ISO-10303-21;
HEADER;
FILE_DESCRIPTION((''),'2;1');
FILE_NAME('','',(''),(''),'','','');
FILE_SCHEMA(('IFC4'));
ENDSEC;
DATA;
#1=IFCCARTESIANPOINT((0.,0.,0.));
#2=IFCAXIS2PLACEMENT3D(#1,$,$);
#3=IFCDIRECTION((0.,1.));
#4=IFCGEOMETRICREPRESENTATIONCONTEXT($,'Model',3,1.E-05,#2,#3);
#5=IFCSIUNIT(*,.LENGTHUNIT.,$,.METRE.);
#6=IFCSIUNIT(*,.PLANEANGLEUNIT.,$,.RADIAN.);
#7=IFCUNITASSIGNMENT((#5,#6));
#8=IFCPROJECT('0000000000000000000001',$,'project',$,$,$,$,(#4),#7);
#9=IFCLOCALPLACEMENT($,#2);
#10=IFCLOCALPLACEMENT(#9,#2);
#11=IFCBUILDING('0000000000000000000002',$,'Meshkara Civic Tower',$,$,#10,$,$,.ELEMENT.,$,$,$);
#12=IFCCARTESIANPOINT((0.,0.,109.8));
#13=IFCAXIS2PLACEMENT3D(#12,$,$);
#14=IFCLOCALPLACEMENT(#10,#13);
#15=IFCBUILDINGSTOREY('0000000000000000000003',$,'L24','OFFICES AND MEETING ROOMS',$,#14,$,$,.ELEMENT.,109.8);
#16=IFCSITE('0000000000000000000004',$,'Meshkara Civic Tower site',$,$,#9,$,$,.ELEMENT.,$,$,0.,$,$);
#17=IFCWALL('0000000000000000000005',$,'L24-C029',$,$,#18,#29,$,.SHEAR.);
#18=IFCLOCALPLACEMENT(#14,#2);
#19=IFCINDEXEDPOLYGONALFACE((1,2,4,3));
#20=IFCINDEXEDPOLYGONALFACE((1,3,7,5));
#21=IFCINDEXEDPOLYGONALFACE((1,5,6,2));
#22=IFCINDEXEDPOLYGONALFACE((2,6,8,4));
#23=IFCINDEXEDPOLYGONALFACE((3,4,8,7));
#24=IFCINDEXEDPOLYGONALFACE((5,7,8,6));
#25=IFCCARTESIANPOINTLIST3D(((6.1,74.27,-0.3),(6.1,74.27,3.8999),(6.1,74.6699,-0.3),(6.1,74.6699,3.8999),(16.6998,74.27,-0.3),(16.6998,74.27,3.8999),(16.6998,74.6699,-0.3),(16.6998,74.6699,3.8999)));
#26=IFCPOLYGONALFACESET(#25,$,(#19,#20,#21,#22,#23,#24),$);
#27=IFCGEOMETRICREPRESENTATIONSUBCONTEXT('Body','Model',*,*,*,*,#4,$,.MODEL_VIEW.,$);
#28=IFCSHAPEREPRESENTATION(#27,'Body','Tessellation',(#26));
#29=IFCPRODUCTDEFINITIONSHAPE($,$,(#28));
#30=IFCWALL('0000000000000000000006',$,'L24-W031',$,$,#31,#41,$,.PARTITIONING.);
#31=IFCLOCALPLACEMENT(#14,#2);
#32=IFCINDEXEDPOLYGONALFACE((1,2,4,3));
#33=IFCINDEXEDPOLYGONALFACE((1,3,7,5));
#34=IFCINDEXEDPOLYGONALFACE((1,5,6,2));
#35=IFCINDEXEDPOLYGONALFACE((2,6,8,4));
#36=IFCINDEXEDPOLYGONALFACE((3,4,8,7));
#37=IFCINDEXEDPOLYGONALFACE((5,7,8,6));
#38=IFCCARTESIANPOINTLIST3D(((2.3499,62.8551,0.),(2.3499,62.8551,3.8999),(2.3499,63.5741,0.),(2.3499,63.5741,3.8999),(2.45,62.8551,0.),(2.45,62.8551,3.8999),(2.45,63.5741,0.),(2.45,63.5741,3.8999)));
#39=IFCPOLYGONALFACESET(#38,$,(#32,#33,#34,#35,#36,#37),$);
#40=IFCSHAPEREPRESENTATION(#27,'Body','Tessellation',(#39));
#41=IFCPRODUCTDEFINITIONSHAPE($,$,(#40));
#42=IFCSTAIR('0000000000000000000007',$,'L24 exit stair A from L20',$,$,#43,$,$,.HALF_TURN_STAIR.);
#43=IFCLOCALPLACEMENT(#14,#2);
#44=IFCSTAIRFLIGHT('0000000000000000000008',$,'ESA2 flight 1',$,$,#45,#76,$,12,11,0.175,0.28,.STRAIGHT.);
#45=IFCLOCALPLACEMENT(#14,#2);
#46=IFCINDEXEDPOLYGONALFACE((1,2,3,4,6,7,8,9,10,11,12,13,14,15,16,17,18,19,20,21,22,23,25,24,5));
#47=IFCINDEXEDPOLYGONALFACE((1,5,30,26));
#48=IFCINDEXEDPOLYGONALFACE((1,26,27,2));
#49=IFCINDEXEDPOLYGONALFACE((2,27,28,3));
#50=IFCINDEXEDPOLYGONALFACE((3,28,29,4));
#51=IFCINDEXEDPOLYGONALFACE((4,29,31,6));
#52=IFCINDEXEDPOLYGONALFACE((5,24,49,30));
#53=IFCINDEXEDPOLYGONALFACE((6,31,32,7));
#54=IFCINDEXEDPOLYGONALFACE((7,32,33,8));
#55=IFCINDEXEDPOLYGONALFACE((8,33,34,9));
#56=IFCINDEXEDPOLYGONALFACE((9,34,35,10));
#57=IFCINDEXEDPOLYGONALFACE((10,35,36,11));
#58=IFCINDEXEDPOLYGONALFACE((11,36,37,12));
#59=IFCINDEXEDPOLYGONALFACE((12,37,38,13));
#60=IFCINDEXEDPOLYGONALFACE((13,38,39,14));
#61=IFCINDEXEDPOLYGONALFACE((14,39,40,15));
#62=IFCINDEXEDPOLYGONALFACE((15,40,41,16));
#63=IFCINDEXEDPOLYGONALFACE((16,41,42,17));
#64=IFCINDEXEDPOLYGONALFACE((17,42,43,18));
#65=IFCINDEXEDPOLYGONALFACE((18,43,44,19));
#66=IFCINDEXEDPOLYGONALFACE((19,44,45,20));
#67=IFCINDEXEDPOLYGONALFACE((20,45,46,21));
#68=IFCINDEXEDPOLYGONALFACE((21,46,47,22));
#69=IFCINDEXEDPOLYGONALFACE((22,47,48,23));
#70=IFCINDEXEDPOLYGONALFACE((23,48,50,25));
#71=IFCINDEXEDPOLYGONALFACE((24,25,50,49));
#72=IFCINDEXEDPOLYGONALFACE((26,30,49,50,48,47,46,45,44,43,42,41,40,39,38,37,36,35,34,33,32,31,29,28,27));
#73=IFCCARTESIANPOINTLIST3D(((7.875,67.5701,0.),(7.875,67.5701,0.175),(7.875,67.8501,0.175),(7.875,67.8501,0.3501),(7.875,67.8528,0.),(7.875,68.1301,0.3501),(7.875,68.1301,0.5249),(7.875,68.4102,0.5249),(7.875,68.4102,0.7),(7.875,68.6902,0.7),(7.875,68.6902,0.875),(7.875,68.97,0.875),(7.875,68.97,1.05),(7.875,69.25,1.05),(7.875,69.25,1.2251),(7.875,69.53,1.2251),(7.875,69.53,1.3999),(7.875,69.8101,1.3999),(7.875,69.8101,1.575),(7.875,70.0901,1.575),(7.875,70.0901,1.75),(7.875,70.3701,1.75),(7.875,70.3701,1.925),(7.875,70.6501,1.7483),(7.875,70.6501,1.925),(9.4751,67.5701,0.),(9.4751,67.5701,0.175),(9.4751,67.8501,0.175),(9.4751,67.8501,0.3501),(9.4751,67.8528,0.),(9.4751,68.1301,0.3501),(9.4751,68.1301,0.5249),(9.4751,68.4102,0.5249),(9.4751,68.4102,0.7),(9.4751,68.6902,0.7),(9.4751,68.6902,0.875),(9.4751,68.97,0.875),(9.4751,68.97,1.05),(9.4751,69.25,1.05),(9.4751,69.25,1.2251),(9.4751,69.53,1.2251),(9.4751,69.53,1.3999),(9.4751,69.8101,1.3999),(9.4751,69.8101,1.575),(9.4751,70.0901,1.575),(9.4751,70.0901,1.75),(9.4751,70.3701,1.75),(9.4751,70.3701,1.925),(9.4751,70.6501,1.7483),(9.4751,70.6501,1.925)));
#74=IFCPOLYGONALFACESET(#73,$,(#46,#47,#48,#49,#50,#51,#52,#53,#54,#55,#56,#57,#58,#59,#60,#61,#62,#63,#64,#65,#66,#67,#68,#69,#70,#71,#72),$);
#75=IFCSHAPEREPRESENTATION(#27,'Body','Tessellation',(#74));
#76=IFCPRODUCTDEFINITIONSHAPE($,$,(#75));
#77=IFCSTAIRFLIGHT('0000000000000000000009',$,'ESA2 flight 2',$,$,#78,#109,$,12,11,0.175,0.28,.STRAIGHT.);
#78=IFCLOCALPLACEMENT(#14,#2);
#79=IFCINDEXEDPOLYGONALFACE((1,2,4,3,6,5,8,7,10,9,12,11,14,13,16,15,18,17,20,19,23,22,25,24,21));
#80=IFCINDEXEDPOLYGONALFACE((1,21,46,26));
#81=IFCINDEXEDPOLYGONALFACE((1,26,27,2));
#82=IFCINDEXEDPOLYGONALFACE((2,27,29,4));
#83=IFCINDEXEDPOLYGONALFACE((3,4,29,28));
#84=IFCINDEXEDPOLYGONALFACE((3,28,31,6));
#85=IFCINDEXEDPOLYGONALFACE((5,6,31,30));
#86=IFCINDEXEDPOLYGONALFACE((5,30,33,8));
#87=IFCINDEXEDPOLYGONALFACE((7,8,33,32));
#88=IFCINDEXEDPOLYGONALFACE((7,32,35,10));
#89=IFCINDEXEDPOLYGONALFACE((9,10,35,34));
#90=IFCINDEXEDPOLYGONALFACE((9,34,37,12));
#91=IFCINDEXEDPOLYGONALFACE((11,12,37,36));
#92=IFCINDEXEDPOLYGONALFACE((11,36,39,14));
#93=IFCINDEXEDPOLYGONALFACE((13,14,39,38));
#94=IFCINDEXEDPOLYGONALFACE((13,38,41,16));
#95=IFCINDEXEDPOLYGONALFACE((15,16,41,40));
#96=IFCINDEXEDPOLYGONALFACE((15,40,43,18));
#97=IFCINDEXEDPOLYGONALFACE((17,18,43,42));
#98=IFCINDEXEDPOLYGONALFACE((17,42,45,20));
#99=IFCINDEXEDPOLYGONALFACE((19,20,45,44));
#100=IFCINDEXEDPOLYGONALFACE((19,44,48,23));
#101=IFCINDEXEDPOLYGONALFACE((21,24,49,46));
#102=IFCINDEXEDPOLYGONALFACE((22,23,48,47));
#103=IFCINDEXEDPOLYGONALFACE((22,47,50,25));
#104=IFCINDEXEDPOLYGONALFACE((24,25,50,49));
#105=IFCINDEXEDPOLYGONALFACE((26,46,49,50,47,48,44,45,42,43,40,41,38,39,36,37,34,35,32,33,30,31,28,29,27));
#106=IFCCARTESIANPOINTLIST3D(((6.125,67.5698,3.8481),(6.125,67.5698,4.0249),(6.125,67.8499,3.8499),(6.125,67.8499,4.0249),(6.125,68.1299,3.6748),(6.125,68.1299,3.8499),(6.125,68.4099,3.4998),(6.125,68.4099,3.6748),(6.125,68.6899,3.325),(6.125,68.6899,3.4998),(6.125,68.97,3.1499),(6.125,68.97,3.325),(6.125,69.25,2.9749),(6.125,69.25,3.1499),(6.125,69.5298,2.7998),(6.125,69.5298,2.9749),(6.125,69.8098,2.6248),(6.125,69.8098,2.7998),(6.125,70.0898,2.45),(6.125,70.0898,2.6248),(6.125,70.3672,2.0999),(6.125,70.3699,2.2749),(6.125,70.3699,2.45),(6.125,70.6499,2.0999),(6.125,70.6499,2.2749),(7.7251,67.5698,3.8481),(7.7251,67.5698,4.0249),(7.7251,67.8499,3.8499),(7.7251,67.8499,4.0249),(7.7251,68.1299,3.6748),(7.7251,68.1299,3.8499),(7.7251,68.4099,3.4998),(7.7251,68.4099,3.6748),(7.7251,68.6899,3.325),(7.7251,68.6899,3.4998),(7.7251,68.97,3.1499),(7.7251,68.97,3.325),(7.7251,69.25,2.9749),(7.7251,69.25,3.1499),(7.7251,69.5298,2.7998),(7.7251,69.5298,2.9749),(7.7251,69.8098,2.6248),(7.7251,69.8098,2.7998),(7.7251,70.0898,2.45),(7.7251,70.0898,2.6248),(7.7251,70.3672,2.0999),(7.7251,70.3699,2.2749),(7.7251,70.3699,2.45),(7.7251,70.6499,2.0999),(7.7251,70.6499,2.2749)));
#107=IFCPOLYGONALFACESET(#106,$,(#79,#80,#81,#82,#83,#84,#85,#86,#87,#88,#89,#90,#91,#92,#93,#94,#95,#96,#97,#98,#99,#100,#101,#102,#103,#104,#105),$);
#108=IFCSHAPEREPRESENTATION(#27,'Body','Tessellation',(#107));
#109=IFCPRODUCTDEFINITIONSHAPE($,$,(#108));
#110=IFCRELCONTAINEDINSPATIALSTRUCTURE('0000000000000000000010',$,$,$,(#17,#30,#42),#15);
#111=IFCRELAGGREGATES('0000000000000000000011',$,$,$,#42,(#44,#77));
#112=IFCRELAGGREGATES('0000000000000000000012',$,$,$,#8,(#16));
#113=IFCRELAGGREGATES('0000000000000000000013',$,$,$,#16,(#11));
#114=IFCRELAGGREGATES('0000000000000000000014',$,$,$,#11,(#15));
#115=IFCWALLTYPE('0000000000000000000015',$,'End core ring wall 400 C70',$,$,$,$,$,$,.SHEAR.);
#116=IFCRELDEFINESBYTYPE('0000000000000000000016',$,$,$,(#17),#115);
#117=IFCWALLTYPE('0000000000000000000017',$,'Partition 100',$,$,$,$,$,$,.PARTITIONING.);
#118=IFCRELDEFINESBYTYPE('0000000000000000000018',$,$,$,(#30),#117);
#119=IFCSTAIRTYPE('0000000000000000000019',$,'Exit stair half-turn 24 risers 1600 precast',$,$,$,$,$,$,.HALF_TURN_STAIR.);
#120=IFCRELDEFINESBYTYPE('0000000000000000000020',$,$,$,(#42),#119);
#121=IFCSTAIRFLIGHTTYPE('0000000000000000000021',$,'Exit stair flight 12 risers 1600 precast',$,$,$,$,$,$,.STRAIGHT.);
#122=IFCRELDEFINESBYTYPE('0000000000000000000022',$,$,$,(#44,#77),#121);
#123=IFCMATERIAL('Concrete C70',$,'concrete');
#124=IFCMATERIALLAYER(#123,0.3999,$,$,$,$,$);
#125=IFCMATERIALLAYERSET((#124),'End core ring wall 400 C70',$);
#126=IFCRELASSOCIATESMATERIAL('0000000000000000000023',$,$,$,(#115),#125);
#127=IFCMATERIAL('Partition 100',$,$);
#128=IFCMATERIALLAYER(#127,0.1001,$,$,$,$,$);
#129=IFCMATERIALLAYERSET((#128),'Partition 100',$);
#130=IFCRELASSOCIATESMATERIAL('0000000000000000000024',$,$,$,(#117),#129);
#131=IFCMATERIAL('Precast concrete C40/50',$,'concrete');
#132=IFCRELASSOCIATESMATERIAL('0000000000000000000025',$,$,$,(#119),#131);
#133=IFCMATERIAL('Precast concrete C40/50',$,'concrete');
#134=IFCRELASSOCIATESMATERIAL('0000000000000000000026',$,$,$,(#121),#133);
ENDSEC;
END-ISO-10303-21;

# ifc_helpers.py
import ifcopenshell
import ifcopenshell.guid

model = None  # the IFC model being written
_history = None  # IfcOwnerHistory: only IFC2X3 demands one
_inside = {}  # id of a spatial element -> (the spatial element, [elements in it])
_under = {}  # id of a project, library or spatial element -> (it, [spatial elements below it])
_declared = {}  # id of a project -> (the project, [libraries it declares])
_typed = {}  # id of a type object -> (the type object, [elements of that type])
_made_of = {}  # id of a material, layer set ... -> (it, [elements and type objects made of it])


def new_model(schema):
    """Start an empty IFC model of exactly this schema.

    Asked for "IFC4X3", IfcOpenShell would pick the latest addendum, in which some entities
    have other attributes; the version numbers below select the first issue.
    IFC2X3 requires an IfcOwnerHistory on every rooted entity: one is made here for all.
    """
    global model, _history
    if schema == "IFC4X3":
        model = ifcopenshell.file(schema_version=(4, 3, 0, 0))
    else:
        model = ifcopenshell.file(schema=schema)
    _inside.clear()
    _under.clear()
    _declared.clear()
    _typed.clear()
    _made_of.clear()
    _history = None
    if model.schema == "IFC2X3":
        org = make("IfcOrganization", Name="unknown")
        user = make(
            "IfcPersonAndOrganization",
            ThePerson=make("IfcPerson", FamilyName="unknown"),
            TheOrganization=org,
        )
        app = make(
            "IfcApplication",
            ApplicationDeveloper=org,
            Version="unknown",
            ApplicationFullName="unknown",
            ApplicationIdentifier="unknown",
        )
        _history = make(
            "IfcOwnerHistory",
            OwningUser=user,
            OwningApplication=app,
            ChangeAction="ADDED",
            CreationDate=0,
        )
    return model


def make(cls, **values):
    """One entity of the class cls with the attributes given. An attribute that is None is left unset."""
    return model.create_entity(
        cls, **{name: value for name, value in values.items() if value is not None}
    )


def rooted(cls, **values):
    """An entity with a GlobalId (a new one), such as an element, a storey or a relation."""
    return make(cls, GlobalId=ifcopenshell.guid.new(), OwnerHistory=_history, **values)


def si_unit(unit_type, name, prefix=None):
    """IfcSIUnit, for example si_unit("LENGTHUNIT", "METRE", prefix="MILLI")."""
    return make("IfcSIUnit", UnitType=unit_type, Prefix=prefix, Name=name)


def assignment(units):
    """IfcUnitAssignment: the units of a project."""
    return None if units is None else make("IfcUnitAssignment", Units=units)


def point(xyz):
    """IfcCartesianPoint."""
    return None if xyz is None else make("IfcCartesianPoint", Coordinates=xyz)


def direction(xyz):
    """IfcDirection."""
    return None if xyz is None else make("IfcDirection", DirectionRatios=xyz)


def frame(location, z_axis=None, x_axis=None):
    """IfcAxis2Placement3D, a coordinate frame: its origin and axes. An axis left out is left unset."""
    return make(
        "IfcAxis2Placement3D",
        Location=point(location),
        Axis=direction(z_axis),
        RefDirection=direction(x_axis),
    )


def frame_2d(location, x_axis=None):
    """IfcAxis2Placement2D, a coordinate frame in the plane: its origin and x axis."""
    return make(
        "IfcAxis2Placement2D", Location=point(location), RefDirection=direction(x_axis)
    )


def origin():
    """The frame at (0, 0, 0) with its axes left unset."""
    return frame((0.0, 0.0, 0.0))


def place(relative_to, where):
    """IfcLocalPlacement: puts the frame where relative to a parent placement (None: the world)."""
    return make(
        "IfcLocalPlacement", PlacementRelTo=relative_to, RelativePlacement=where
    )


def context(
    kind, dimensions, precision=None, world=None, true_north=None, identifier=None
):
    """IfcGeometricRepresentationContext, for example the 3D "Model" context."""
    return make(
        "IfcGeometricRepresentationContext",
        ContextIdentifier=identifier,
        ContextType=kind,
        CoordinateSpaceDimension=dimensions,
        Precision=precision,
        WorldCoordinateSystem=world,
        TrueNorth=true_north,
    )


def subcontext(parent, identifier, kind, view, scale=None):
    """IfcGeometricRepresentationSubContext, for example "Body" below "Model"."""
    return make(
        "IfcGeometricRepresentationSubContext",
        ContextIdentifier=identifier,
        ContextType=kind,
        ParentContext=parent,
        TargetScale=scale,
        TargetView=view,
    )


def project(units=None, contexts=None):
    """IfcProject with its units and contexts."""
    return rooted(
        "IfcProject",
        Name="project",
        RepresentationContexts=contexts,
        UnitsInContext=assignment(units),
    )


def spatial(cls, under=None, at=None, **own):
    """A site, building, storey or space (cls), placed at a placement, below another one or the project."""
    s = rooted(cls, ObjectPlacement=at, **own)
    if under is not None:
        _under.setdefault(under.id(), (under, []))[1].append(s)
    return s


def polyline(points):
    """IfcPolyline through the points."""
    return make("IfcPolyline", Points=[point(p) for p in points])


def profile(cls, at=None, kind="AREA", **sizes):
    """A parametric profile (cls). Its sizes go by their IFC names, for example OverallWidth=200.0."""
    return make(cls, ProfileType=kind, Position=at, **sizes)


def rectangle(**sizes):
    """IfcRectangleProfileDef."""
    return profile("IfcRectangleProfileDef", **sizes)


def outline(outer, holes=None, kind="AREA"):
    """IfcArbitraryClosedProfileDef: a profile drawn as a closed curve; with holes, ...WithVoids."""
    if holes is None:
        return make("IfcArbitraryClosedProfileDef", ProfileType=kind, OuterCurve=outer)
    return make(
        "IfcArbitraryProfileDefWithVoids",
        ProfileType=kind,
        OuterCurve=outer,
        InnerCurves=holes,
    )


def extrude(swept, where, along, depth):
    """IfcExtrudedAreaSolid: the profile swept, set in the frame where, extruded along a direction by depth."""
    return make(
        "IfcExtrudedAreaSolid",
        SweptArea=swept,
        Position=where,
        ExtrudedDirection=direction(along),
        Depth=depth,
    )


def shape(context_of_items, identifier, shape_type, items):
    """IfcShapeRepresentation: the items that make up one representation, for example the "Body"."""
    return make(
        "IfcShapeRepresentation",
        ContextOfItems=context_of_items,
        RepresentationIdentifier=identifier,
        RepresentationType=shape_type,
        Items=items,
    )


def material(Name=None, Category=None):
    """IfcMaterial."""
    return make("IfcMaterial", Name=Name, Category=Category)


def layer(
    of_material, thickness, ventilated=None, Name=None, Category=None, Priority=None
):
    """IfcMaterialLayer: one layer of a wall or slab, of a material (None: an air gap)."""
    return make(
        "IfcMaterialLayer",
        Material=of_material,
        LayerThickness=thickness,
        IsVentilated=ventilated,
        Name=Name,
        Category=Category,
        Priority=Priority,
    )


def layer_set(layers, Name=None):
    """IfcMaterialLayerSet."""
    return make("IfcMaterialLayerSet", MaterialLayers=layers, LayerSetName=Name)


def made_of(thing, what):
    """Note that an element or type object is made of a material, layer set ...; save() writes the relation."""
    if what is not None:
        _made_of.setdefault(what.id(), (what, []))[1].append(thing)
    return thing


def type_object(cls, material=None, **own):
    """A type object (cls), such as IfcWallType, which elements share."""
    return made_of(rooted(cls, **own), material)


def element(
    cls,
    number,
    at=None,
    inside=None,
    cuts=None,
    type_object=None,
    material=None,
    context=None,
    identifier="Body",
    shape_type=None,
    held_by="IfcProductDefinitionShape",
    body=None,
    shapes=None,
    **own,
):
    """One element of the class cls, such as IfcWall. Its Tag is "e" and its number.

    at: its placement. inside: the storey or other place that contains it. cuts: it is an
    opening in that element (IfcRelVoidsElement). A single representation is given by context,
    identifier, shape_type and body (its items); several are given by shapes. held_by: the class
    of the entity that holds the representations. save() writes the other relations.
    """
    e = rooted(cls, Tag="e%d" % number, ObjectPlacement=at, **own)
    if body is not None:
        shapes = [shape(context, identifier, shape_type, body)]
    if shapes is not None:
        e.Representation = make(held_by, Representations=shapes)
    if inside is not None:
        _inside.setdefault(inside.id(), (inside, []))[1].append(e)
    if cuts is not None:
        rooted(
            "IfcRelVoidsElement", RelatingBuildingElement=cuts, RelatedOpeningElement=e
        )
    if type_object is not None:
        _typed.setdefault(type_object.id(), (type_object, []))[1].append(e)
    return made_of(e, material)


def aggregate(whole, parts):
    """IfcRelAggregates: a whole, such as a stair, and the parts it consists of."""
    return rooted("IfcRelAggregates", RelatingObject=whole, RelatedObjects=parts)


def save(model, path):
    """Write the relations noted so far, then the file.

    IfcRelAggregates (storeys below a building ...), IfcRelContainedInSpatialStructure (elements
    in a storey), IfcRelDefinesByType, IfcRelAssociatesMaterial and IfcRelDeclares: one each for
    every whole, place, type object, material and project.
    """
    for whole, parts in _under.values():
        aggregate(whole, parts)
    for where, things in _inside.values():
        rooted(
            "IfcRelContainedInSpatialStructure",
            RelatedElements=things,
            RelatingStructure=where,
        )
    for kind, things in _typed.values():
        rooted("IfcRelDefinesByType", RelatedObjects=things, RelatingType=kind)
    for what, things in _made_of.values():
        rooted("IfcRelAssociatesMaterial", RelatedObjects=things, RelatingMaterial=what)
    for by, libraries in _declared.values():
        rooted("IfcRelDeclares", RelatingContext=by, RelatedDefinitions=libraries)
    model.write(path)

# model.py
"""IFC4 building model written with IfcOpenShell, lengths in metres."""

from ifc_helpers import new_model, si_unit, direction, frame, frame_2d, origin, place, context, subcontext, project, spatial, polyline, rectangle, outline, extrude, material, layer, layer_set, type_object, element, aggregate, save


model = new_model("IFC4")

# Units and contexts
model_context = context("Model", 3, precision=1e-05, world=origin(), true_north=direction((0.0, 1.0)))
body_context = subcontext(model_context, "Body", "Model", "MODEL_VIEW")
ifc_project = project(units=[si_unit("LENGTHUNIT", "METRE"), si_unit("PLANEANGLEUNIT", "RADIAN")], contexts=[model_context])

# Site, building, storey
site_placement = place(None, origin())
site = spatial("IfcSite", under=ifc_project, at=site_placement, Name="Meshkara Civic Tower site", CompositionType="ELEMENT", RefElevation=0.0)
building_placement = place(site_placement, origin())
building = spatial("IfcBuilding", under=site, at=building_placement, Name="Meshkara Civic Tower", CompositionType="ELEMENT")
storey_placement = place(building_placement, frame((0.0, 0.0, 109.8)))
storey = spatial("IfcBuildingStorey", under=building, at=storey_placement, Name="L24", Description="OFFICES AND MEETING ROOMS", CompositionType="ELEMENT", Elevation=109.8)

# Shared definitions
ifc_material_1 = material(Name="Concrete C70", Category="concrete")
ifc_layer_1 = layer(ifc_material_1, 0.3999)
ifc_layer_set_1 = layer_set([ifc_layer_1], Name="End core ring wall 400 C70")
wall_type_1 = type_object("IfcWallType", Name="End core ring wall 400 C70", PredefinedType="SHEAR", material=ifc_layer_set_1)

# Walls
wall_1_placement = place(storey_placement, frame((6.1001, 74.47, -0.3), z_axis=(0.0, 0.0, 1.0), x_axis=(1.0, 0.0, 0.0)))
element("IfcWall", 1, at=wall_1_placement, inside=storey, type_object=wall_type_1, Name="L24-C029", PredefinedType="SHEAR", context=body_context, shape_type="SweptSolid", body=[
    extrude(rectangle(XDim=10.5999, YDim=0.3999, at=frame_2d((5.2998, 0.0))), origin(), (0.0, 0.0, 1.0), 4.2),
])
ifc_material_2 = material(Name="Partition 100")
ifc_layer_2 = layer(ifc_material_2, 0.1001)
ifc_layer_set_2 = layer_set([ifc_layer_2], Name="Partition 100")
wall_type_2 = type_object("IfcWallType", Name="Partition 100", PredefinedType="PARTITIONING", material=ifc_layer_set_2)
wall_2_placement = place(storey_placement, frame((2.3999, 63.574, 0.0), z_axis=(0.0, 0.0, 1.0), x_axis=(0.0, -1.0, 0.0)))
element("IfcWall", 2, at=wall_2_placement, inside=storey, type_object=wall_type_2, Name="L24-W031", PredefinedType="PARTITIONING", context=body_context, shape_type="SweptSolid", body=[
    extrude(rectangle(XDim=0.719, YDim=0.1001, at=frame_2d((0.3594, 0.0))), origin(), (0.0, 0.0, 1.0), 3.8999),
])

# Stair, stair flights
ifc_material_3 = material(Name="Precast concrete C40/50", Category="concrete")
stair_type = type_object("IfcStairType", Name="Exit stair half-turn 24 risers 1600 precast", PredefinedType="HALF_TURN_STAIR", material=ifc_material_3)
stair_placement = place(storey_placement, origin())
stair = element("IfcStair", 3, at=stair_placement, inside=storey, type_object=stair_type, Name="L24 exit stair A from L20", PredefinedType="HALF_TURN_STAIR")
ifc_material_4 = material(Name="Precast concrete C40/50", Category="concrete")
stair_flight_type = type_object("IfcStairFlightType", Name="Exit stair flight 12 risers 1600 precast", PredefinedType="STRAIGHT", material=ifc_material_4)
stair_flight_1_placement = place(storey_placement, frame((8.675, 67.5701, 0.0), z_axis=(0.0, 0.0, 1.0), x_axis=(0.0, 1.0, 0.0)))
stair_flight_1 = element("IfcStairFlight", 4, at=stair_flight_1_placement, type_object=stair_flight_type, Name="ESA2 flight 1", NumberOfRisers=12, NumberOfTreads=11, PredefinedType="STRAIGHT", RiserHeight=0.175, TreadLength=0.28, context=body_context, shape_type="SweptSolid", body=[
    extrude(outline(polyline([(0.0, 0.0), (0.0, 0.175), (0.28, 0.175), (0.28, 0.3501), (0.5601, 0.3501), (0.5601, 0.5249), (0.8401, 0.5249), (0.8401, 0.7), (1.1201, 0.7), (1.1201, 0.875), (1.3999, 0.875), (1.3999, 1.05), (1.6799, 1.05), (1.6799, 1.2251), (1.96, 1.2251), (1.96, 1.3999), (2.24, 1.3999), (2.24, 1.575), (2.52, 1.575), (2.52, 1.75), (2.8, 1.75), (2.8, 1.925), (3.0801, 1.925), (3.0801, 2.1001), (3.0801, 1.7483), (0.2827, 0.0), (0.0, 0.0)])), frame((0.0, 0.8, 0.0), z_axis=(0.0, -1.0, 0.0), x_axis=(1.0, 0.0, 0.0)), (0.0, 0.0, 1.0), 1.6001),
])
stair_flight_2_placement = place(storey_placement, frame((6.925, 70.6499, 2.0999), z_axis=(0.0, 0.0, 1.0), x_axis=(0.0, -1.0, 0.0)))
stair_flight_2 = element("IfcStairFlight", 5, at=stair_flight_2_placement, type_object=stair_flight_type, Name="ESA2 flight 2", NumberOfRisers=12, NumberOfTreads=11, PredefinedType="STRAIGHT", RiserHeight=0.175, TreadLength=0.28, context=body_context, shape_type="SweptSolid", body=[
    extrude(outline(polyline([(0.0, 0.0), (0.0, 0.175), (0.28, 0.175), (0.28, 0.3501), (0.5601, 0.3501), (0.5601, 0.5249), (0.8401, 0.5249), (0.8401, 0.7), (1.1201, 0.7), (1.1201, 0.875), (1.3999, 0.875), (1.3999, 1.05), (1.6799, 1.05), (1.6799, 1.2251), (1.96, 1.2251), (1.96, 1.3999), (2.24, 1.3999), (2.24, 1.575), (2.52, 1.575), (2.52, 1.75), (2.8, 1.75), (2.8, 1.925), (3.0801, 1.925), (3.0801, 2.1001), (3.0801, 1.7483), (0.2827, 0.0), (0.0, 0.0)])), frame((0.0, 0.8, 0.0), z_axis=(0.0, -1.0, 0.0), x_axis=(1.0, 0.0, 0.0)), (0.0, 0.0, 1.0), 1.6001),
])
aggregate(stair, [stair_flight_1, stair_flight_2])

save(model, "model.ifc")
